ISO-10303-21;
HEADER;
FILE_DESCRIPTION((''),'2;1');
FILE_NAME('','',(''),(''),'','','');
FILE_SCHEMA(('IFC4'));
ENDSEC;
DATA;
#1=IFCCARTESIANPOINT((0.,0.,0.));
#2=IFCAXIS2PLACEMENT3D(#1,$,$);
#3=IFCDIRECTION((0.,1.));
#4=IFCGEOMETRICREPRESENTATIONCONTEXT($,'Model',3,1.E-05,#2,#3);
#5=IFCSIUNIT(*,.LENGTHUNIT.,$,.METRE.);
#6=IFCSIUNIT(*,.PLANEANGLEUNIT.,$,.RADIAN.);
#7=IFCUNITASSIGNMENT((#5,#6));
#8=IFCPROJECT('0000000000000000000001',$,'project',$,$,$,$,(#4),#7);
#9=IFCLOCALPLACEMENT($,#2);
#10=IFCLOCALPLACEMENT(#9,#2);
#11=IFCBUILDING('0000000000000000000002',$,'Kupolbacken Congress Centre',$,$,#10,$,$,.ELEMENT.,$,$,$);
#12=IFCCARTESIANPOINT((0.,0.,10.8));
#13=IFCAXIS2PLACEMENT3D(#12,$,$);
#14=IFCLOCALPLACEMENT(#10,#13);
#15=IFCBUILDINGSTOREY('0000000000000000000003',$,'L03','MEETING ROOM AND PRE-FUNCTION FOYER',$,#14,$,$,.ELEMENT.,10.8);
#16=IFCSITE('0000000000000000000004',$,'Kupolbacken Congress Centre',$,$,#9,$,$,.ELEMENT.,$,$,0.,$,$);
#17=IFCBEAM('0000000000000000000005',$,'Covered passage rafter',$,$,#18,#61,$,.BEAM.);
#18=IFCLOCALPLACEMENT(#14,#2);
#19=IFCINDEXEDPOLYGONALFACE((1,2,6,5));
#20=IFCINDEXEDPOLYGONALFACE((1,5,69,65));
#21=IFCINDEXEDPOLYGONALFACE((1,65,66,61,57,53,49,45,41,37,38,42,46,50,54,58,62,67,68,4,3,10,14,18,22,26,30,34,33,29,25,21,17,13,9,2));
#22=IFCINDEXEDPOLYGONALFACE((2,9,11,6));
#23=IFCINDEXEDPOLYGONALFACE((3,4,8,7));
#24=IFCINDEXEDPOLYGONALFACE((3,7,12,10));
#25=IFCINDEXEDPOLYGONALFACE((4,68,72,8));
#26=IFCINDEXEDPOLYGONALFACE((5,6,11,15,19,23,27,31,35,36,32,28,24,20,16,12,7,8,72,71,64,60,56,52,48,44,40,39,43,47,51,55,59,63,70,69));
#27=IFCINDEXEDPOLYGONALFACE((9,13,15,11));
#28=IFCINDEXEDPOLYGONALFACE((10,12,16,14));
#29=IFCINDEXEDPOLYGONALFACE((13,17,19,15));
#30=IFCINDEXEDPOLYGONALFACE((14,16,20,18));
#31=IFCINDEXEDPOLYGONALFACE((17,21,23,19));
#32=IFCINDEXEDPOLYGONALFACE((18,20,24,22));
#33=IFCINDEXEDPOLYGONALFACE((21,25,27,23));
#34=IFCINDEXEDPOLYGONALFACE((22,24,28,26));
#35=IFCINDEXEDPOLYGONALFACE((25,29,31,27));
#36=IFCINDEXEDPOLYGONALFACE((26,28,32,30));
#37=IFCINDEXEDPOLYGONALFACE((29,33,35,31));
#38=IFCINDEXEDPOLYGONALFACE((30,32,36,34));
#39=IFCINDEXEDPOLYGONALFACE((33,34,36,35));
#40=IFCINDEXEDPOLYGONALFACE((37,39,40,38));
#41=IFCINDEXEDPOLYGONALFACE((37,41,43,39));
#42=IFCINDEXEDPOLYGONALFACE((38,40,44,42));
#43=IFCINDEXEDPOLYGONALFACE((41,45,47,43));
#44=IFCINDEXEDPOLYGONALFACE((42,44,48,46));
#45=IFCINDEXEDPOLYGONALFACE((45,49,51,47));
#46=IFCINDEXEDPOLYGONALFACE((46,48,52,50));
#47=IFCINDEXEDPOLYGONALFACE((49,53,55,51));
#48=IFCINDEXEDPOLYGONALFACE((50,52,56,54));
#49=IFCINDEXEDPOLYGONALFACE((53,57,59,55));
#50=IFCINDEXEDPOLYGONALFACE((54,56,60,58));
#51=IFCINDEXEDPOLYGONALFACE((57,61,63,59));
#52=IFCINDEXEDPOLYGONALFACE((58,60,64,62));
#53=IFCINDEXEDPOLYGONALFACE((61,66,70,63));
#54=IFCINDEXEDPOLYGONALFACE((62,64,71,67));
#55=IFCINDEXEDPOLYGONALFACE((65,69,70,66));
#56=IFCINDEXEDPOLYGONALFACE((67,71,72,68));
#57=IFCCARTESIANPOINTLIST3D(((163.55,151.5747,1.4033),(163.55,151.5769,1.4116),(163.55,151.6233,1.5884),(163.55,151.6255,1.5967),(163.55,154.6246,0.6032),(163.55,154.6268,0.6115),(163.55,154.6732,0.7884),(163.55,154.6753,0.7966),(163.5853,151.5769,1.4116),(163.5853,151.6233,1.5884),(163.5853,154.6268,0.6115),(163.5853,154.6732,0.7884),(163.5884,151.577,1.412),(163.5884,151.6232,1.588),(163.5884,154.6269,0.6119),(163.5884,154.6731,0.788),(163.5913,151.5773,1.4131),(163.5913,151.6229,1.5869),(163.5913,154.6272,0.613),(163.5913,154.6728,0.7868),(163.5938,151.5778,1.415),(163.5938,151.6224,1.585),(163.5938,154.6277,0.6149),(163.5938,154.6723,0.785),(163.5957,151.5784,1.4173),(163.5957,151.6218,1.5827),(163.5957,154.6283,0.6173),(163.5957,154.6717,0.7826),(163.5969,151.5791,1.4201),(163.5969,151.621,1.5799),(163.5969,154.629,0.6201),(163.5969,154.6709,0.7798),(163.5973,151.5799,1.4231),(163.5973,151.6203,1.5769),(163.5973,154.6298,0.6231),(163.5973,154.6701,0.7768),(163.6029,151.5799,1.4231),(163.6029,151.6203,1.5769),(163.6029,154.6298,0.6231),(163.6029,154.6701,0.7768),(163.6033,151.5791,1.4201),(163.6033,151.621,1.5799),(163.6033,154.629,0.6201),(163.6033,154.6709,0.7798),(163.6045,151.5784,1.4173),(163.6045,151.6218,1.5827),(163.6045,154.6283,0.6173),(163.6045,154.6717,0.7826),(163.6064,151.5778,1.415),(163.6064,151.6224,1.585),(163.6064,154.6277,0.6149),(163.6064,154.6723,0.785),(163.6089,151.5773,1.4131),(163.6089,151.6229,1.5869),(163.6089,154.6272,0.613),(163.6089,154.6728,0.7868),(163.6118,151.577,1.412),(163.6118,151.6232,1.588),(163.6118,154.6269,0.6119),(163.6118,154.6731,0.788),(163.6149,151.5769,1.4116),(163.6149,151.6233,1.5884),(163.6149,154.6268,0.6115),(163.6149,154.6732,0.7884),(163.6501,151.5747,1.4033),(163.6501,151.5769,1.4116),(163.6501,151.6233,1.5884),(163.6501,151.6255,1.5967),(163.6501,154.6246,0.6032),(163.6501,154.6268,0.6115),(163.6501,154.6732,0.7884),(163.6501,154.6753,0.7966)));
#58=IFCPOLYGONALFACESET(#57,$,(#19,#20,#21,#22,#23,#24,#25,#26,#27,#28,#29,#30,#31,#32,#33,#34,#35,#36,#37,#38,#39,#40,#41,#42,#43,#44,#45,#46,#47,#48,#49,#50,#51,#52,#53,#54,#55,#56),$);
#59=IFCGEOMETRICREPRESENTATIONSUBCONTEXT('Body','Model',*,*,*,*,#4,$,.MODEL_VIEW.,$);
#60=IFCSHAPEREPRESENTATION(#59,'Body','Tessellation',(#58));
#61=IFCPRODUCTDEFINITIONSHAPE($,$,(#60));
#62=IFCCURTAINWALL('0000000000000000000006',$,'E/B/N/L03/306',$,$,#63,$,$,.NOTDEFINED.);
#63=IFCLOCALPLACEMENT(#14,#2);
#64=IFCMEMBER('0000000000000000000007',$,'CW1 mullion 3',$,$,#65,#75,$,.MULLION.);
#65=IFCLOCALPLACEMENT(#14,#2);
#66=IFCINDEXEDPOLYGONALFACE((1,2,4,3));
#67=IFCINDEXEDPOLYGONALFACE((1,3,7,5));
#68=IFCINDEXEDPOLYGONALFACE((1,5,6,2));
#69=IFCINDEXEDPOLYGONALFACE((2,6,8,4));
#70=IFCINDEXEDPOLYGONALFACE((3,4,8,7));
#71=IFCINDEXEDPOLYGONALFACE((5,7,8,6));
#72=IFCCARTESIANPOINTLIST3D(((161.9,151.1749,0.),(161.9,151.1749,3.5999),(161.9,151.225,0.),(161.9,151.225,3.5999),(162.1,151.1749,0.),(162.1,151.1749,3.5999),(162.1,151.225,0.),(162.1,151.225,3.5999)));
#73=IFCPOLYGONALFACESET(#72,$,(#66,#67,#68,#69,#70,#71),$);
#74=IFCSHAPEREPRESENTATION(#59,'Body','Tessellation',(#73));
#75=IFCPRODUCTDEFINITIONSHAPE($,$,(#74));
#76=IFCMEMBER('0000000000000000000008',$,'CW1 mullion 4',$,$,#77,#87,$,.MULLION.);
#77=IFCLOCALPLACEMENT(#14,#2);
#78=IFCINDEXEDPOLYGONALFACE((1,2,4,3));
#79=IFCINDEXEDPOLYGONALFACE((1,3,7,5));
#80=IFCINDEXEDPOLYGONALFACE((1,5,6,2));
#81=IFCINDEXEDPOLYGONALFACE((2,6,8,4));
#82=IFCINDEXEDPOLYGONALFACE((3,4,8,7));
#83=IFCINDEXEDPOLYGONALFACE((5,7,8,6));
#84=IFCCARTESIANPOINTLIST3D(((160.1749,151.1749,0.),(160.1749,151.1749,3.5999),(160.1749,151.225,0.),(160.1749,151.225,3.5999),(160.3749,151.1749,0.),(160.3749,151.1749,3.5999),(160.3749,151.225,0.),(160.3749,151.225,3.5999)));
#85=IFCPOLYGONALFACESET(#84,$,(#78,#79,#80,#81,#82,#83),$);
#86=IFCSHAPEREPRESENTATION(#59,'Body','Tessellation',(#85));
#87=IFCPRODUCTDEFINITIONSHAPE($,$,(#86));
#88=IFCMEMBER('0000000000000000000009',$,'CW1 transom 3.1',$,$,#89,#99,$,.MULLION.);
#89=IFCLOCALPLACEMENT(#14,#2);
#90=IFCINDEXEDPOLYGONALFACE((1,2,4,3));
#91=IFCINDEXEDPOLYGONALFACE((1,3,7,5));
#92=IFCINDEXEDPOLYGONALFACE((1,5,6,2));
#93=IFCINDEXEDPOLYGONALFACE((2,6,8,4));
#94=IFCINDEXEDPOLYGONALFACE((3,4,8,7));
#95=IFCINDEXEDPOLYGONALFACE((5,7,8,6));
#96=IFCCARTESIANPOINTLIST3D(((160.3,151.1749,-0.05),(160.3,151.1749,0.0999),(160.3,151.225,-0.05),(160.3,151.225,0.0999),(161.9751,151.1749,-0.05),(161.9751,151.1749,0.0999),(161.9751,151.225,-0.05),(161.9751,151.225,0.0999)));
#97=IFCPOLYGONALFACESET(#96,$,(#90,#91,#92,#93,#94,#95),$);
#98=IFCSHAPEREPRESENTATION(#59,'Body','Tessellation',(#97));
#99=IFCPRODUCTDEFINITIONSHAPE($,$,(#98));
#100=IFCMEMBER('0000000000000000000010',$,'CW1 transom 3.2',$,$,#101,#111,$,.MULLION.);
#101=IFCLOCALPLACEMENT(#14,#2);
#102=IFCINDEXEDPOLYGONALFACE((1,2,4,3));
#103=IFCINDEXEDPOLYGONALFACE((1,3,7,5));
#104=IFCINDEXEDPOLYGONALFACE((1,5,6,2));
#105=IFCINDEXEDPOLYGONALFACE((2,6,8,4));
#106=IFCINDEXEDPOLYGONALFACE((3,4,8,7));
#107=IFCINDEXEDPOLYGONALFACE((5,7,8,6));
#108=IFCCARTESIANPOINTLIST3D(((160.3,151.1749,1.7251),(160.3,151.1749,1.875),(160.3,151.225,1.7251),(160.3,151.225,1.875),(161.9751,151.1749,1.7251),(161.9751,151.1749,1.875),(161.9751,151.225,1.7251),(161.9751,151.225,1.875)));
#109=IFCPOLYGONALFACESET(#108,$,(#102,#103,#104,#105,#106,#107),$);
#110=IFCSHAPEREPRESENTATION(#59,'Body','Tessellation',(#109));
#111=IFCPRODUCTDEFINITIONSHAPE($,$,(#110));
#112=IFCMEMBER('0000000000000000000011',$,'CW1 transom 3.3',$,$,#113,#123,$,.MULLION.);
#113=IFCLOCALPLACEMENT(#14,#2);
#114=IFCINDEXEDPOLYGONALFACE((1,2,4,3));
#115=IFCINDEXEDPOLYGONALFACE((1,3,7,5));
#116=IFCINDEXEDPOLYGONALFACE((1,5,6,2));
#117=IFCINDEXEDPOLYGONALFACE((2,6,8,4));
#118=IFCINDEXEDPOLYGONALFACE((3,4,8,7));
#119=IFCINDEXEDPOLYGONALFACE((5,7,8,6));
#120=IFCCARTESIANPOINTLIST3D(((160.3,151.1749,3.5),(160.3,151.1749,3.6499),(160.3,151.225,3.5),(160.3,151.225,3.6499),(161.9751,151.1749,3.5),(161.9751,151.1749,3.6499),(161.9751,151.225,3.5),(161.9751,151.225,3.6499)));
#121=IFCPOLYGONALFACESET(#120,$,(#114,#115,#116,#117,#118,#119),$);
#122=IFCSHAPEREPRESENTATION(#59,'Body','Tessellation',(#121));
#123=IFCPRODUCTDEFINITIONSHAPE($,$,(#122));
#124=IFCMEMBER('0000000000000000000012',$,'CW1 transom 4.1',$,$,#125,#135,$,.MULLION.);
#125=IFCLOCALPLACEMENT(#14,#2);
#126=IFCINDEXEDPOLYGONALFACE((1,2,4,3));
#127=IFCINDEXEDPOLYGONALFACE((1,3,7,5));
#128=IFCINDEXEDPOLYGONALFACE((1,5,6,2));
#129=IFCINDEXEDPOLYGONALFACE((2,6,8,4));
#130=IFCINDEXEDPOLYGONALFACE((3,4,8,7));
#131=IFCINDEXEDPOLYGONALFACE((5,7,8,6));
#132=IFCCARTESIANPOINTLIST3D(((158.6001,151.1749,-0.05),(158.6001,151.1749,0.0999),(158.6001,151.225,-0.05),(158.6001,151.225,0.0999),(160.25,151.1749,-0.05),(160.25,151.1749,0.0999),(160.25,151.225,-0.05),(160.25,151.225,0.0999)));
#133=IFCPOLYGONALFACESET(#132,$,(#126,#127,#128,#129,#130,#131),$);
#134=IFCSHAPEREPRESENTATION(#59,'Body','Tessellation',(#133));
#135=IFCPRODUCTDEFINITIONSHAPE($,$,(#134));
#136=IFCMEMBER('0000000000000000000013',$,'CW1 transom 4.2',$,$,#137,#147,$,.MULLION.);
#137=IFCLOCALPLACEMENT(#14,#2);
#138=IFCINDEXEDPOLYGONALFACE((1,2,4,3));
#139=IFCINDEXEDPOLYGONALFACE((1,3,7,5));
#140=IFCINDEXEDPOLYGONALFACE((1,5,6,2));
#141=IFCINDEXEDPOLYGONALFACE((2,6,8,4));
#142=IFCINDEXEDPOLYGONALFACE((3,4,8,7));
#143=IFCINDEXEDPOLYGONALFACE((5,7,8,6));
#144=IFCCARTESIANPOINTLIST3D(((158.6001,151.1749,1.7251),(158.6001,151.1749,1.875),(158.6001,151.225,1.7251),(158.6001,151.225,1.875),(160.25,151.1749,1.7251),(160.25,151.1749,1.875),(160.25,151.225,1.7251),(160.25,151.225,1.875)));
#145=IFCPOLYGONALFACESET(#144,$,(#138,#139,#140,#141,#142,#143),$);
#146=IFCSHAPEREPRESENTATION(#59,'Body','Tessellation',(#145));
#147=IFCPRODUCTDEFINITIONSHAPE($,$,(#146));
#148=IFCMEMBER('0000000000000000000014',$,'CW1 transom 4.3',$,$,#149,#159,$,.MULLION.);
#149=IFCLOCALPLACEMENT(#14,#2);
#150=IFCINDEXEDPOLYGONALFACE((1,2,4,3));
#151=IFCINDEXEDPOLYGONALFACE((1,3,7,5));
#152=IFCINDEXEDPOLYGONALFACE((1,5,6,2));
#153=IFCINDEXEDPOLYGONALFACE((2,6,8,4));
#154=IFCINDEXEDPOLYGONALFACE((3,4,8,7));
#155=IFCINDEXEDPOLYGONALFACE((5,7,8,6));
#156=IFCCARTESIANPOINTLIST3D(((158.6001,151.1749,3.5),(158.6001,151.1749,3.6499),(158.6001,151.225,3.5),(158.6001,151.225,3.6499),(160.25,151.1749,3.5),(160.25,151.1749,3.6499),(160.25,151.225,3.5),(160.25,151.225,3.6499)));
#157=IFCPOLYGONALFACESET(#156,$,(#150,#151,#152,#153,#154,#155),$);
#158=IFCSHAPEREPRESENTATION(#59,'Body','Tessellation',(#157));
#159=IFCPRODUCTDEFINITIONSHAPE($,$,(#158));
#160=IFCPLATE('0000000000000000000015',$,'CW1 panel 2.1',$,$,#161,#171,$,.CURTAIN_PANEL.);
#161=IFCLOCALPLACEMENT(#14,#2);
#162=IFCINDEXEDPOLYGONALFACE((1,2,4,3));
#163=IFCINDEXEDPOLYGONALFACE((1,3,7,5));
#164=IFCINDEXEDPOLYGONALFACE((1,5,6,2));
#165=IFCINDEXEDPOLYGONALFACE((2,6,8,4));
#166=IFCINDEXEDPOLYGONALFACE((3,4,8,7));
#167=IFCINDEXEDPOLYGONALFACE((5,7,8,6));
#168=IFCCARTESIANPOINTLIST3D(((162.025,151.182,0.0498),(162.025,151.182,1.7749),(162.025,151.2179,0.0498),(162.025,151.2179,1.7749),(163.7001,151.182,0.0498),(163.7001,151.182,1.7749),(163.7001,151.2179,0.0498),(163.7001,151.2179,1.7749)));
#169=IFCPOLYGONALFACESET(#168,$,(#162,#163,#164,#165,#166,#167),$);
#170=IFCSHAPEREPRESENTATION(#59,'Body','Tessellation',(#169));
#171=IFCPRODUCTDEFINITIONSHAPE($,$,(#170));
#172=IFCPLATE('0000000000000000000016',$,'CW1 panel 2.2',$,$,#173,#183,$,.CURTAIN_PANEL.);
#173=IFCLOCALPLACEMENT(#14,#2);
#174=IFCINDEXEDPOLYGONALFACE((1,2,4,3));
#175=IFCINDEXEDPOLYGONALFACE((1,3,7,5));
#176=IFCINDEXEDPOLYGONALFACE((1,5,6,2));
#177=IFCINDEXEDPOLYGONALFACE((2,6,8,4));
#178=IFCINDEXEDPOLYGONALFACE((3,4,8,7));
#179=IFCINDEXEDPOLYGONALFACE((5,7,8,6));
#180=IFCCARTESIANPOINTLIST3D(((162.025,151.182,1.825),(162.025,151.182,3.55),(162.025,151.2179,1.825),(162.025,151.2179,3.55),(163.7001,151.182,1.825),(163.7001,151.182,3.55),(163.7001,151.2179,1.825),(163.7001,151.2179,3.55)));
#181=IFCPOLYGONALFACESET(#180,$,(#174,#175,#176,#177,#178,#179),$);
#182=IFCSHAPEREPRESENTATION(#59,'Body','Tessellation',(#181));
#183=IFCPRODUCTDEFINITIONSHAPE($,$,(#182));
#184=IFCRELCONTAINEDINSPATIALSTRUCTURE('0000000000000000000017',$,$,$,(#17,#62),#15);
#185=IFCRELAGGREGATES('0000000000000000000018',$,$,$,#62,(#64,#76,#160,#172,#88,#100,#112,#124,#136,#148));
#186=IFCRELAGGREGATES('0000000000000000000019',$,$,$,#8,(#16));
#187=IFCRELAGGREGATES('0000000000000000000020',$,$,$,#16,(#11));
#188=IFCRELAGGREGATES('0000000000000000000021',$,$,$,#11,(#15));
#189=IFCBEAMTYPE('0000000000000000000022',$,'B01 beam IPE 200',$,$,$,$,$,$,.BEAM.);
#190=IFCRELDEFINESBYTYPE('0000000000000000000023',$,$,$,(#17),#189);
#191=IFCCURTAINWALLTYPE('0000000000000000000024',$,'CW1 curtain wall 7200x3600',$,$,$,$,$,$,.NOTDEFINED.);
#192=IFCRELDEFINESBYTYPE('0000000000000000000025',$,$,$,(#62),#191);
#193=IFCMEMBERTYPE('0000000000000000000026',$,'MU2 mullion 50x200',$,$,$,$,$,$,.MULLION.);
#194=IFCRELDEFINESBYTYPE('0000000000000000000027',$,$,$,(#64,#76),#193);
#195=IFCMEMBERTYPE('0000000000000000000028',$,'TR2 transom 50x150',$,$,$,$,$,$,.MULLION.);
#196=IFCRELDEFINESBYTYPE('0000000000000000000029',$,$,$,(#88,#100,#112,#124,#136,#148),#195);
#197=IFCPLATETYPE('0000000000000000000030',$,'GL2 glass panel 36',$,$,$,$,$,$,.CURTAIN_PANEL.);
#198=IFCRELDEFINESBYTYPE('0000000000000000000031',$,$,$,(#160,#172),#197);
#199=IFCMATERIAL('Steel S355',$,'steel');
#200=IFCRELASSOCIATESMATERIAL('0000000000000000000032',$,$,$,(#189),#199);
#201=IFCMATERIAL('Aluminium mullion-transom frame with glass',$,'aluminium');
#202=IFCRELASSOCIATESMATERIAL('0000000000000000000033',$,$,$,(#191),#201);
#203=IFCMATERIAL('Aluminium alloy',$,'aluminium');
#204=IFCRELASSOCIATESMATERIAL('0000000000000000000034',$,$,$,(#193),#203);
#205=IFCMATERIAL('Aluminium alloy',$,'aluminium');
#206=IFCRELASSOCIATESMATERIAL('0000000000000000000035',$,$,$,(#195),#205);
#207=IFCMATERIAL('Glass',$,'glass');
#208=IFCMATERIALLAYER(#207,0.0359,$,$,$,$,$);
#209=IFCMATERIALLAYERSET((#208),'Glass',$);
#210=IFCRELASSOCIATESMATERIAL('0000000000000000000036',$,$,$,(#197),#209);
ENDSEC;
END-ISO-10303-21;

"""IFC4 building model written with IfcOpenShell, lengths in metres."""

from ifc_helpers import new_model, si_unit, direction, frame, origin, origin_2d, place, context, subcontext, project, spatial, rectangle, i_section, extrude, material, layer, layer_set, material_profile, profile_set, type_object, element, aggregate, save


model = new_model("IFC4")

# Units and contexts
model_context = context("Model", 3, precision=1e-05, world=origin(), true_north=direction((0.0, 1.0)))
body_context = subcontext(model_context, "Body", "Model", "MODEL_VIEW")
ifc_project = project(units=[si_unit("LENGTHUNIT", "METRE"), si_unit("PLANEANGLEUNIT", "RADIAN")], contexts=[model_context])

# Site, building, storey
site_placement = place(None, origin())
site = spatial("IfcSite", under=ifc_project, at=site_placement, Name="Kupolbacken Congress Centre", CompositionType="ELEMENT", RefElevation=0.0)
building_placement = place(site_placement, origin())
building = spatial("IfcBuilding", under=site, at=building_placement, Name="Kupolbacken Congress Centre", CompositionType="ELEMENT")
storey_placement = place(building_placement, frame((0.0, 0.0, 10.8)))
storey = spatial("IfcBuildingStorey", under=building, at=storey_placement, Name="L03", Description="MEETING ROOM AND PRE-FUNCTION FOYER", CompositionType="ELEMENT", Elevation=10.8)

# Beam
ifc_material_1 = material(Name="Steel S355", Category="steel")
ifc_material_profile_1 = material_profile(ifc_material_1, i_section(OverallWidth=0.1001, OverallDepth=0.2, WebThickness=0.0056, FlangeThickness=0.0085, FilletRadius=0.012, at=origin_2d()), Name="IPE 200")
ifc_profile_set_1 = profile_set([ifc_material_profile_1], Name="Steel S355")
beam_type = type_object("IfcBeamType", Name="B01 beam IPE 200", PredefinedType="BEAM", material=ifc_profile_set_1)
for number, where, z_axis, x_axis, name in (
    (1, (163.6001, 151.6001, 1.5), (0.0, 0.967272, -0.253742), (-1.0, 0.0, 0.0), "Covered passage rafter"),
):
    element("IfcBeam", number, at=place(storey_placement, frame(where, z_axis=z_axis, x_axis=x_axis)), inside=storey, type_object=beam_type, Name=name, PredefinedType="BEAM", context=body_context, shape_type="SweptSolid", body=[
        extrude(i_section(OverallWidth=0.1001, OverallDepth=0.2, WebThickness=0.0056, FlangeThickness=0.0085, FilletRadius=0.012, at=origin_2d()), origin(), (0.0, 0.0, 1.0), 3.1531),
    ])

# Curtain wall, members, plates
ifc_material_2 = material(Name="Aluminium mullion-transom frame with glass", Category="aluminium")
curtain_wall_type = type_object("IfcCurtainWallType", Name="CW1 curtain wall 7200x3600", PredefinedType="NOTDEFINED", material=ifc_material_2)
curtain_wall_placement = place(storey_placement, origin())
curtain_wall = element("IfcCurtainWall", 2, at=curtain_wall_placement, inside=storey, type_object=curtain_wall_type, Name="E/B/N/L03/306", PredefinedType="NOTDEFINED")
ifc_material_3 = material(Name="Aluminium alloy", Category="aluminium")
ifc_material_profile_2 = material_profile(ifc_material_3, rectangle(XDim=0.05, YDim=0.2, at=origin_2d()), Name="50 x 200")
ifc_profile_set_2 = profile_set([ifc_material_profile_2], Name="Aluminium alloy")
member_type_1 = type_object("IfcMemberType", Name="MU2 mullion 50x200", PredefinedType="MULLION", material=ifc_profile_set_2)
member_1_placement = place(storey_placement, frame((162.0, 151.2, 0.0), z_axis=(0.0, 0.0, 1.0), x_axis=(0.0, -1.0, 0.0)))
member_1 = element("IfcMember", 3, at=member_1_placement, type_object=member_type_1, Name="CW1 mullion 3", PredefinedType="MULLION", context=body_context, shape_type="SweptSolid", body=[
    extrude(rectangle(XDim=0.05, YDim=0.2, at=origin_2d()), origin(), (0.0, 0.0, 1.0), 3.5999),
])
member_2_placement = place(storey_placement, frame((160.2749, 151.2, 0.0), z_axis=(0.0, 0.0, 1.0), x_axis=(0.0, -1.0, 0.0)))
member_2 = element("IfcMember", 4, at=member_2_placement, type_object=member_type_1, Name="CW1 mullion 4", PredefinedType="MULLION", context=body_context, shape_type="SweptSolid", body=[
    extrude(rectangle(XDim=0.05, YDim=0.2, at=origin_2d()), origin(), (0.0, 0.0, 1.0), 3.5999),
])
ifc_material_4 = material(Name="Aluminium alloy", Category="aluminium")
ifc_material_profile_3 = material_profile(ifc_material_4, rectangle(XDim=0.05, YDim=0.1499, at=origin_2d()), Name="50 x 150")
ifc_profile_set_3 = profile_set([ifc_material_profile_3], Name="Aluminium alloy")
member_type_2 = type_object("IfcMemberType", Name="TR2 transom 50x150", PredefinedType="MULLION", material=ifc_profile_set_3)
member_3_placement = place(storey_placement, frame((161.9751, 151.2, 0.0249), z_axis=(-1.0, 0.0, 0.0), x_axis=(0.0, -1.0, 0.0)))
member_3 = element("IfcMember", 5, at=member_3_placement, type_object=member_type_2, Name="CW1 transom 3.1", PredefinedType="MULLION", context=body_context, shape_type="SweptSolid", body=[
    extrude(rectangle(XDim=0.05, YDim=0.1499, at=origin_2d()), origin(), (0.0, 0.0, 1.0), 1.675),
])
member_4_placement = place(storey_placement, frame((161.9751, 151.2, 1.8), z_axis=(-1.0, 0.0, 0.0), x_axis=(0.0, -1.0, 0.0)))
member_4 = element("IfcMember", 6, at=member_4_placement, type_object=member_type_2, Name="CW1 transom 3.2", PredefinedType="MULLION", context=body_context, shape_type="SweptSolid", body=[
    extrude(rectangle(XDim=0.05, YDim=0.1499, at=origin_2d()), origin(), (0.0, 0.0, 1.0), 1.675),
])
member_5_placement = place(storey_placement, frame((161.9751, 151.2, 3.575), z_axis=(-1.0, 0.0, 0.0), x_axis=(0.0, -1.0, 0.0)))
member_5 = element("IfcMember", 7, at=member_5_placement, type_object=member_type_2, Name="CW1 transom 3.3", PredefinedType="MULLION", context=body_context, shape_type="SweptSolid", body=[
    extrude(rectangle(XDim=0.05, YDim=0.1499, at=origin_2d()), origin(), (0.0, 0.0, 1.0), 1.675),
])
member_6_placement = place(storey_placement, frame((160.25, 151.2, 0.0249), z_axis=(-1.0, 0.0, 0.0), x_axis=(0.0, -1.0, 0.0)))
member_6 = element("IfcMember", 8, at=member_6_placement, type_object=member_type_2, Name="CW1 transom 4.1", PredefinedType="MULLION", context=body_context, shape_type="SweptSolid", body=[
    extrude(rectangle(XDim=0.05, YDim=0.1499, at=origin_2d()), origin(), (0.0, 0.0, 1.0), 1.6499),
])
member_7_placement = place(storey_placement, frame((160.25, 151.2, 1.8), z_axis=(-1.0, 0.0, 0.0), x_axis=(0.0, -1.0, 0.0)))
member_7 = element("IfcMember", 9, at=member_7_placement, type_object=member_type_2, Name="CW1 transom 4.2", PredefinedType="MULLION", context=body_context, shape_type="SweptSolid", body=[
    extrude(rectangle(XDim=0.05, YDim=0.1499, at=origin_2d()), origin(), (0.0, 0.0, 1.0), 1.6499),
])
member_8_placement = place(storey_placement, frame((160.25, 151.2, 3.575), z_axis=(-1.0, 0.0, 0.0), x_axis=(0.0, -1.0, 0.0)))
member_8 = element("IfcMember", 10, at=member_8_placement, type_object=member_type_2, Name="CW1 transom 4.3", PredefinedType="MULLION", context=body_context, shape_type="SweptSolid", body=[
    extrude(rectangle(XDim=0.05, YDim=0.1499, at=origin_2d()), origin(), (0.0, 0.0, 1.0), 1.6499),
])
ifc_material_5 = material(Name="Glass", Category="glass")
ifc_layer_1 = layer(ifc_material_5, 0.0359)
ifc_layer_set_1 = layer_set([ifc_layer_1], Name="Glass")
plate_type = type_object("IfcPlateType", Name="GL2 glass panel 36", PredefinedType="CURTAIN_PANEL", material=ifc_layer_set_1)
plate_1_placement = place(storey_placement, frame((162.8625, 151.2, 0.0498), z_axis=(0.0, 0.0, 1.0), x_axis=(-1.0, 0.0, 0.0)))
plate_1 = element("IfcPlate", 11, at=plate_1_placement, type_object=plate_type, Name="CW1 panel 2.1", PredefinedType="CURTAIN_PANEL", context=body_context, shape_type="SweptSolid", body=[
    extrude(rectangle(XDim=1.675, YDim=0.0359, at=origin_2d()), origin(), (0.0, 0.0, 1.0), 1.7251),
])
plate_2_placement = place(storey_placement, frame((162.8625, 151.2, 1.825), z_axis=(0.0, 0.0, 1.0), x_axis=(-1.0, 0.0, 0.0)))
plate_2 = element("IfcPlate", 12, at=plate_2_placement, type_object=plate_type, Name="CW1 panel 2.2", PredefinedType="CURTAIN_PANEL", context=body_context, shape_type="SweptSolid", body=[
    extrude(rectangle(XDim=1.675, YDim=0.0359, at=origin_2d()), origin(), (0.0, 0.0, 1.0), 1.7251),
])
aggregate(curtain_wall, [member_1, member_2, plate_1, plate_2, member_3, member_4, member_5, member_6, member_7, member_8])

save(model, "model.ifc")
